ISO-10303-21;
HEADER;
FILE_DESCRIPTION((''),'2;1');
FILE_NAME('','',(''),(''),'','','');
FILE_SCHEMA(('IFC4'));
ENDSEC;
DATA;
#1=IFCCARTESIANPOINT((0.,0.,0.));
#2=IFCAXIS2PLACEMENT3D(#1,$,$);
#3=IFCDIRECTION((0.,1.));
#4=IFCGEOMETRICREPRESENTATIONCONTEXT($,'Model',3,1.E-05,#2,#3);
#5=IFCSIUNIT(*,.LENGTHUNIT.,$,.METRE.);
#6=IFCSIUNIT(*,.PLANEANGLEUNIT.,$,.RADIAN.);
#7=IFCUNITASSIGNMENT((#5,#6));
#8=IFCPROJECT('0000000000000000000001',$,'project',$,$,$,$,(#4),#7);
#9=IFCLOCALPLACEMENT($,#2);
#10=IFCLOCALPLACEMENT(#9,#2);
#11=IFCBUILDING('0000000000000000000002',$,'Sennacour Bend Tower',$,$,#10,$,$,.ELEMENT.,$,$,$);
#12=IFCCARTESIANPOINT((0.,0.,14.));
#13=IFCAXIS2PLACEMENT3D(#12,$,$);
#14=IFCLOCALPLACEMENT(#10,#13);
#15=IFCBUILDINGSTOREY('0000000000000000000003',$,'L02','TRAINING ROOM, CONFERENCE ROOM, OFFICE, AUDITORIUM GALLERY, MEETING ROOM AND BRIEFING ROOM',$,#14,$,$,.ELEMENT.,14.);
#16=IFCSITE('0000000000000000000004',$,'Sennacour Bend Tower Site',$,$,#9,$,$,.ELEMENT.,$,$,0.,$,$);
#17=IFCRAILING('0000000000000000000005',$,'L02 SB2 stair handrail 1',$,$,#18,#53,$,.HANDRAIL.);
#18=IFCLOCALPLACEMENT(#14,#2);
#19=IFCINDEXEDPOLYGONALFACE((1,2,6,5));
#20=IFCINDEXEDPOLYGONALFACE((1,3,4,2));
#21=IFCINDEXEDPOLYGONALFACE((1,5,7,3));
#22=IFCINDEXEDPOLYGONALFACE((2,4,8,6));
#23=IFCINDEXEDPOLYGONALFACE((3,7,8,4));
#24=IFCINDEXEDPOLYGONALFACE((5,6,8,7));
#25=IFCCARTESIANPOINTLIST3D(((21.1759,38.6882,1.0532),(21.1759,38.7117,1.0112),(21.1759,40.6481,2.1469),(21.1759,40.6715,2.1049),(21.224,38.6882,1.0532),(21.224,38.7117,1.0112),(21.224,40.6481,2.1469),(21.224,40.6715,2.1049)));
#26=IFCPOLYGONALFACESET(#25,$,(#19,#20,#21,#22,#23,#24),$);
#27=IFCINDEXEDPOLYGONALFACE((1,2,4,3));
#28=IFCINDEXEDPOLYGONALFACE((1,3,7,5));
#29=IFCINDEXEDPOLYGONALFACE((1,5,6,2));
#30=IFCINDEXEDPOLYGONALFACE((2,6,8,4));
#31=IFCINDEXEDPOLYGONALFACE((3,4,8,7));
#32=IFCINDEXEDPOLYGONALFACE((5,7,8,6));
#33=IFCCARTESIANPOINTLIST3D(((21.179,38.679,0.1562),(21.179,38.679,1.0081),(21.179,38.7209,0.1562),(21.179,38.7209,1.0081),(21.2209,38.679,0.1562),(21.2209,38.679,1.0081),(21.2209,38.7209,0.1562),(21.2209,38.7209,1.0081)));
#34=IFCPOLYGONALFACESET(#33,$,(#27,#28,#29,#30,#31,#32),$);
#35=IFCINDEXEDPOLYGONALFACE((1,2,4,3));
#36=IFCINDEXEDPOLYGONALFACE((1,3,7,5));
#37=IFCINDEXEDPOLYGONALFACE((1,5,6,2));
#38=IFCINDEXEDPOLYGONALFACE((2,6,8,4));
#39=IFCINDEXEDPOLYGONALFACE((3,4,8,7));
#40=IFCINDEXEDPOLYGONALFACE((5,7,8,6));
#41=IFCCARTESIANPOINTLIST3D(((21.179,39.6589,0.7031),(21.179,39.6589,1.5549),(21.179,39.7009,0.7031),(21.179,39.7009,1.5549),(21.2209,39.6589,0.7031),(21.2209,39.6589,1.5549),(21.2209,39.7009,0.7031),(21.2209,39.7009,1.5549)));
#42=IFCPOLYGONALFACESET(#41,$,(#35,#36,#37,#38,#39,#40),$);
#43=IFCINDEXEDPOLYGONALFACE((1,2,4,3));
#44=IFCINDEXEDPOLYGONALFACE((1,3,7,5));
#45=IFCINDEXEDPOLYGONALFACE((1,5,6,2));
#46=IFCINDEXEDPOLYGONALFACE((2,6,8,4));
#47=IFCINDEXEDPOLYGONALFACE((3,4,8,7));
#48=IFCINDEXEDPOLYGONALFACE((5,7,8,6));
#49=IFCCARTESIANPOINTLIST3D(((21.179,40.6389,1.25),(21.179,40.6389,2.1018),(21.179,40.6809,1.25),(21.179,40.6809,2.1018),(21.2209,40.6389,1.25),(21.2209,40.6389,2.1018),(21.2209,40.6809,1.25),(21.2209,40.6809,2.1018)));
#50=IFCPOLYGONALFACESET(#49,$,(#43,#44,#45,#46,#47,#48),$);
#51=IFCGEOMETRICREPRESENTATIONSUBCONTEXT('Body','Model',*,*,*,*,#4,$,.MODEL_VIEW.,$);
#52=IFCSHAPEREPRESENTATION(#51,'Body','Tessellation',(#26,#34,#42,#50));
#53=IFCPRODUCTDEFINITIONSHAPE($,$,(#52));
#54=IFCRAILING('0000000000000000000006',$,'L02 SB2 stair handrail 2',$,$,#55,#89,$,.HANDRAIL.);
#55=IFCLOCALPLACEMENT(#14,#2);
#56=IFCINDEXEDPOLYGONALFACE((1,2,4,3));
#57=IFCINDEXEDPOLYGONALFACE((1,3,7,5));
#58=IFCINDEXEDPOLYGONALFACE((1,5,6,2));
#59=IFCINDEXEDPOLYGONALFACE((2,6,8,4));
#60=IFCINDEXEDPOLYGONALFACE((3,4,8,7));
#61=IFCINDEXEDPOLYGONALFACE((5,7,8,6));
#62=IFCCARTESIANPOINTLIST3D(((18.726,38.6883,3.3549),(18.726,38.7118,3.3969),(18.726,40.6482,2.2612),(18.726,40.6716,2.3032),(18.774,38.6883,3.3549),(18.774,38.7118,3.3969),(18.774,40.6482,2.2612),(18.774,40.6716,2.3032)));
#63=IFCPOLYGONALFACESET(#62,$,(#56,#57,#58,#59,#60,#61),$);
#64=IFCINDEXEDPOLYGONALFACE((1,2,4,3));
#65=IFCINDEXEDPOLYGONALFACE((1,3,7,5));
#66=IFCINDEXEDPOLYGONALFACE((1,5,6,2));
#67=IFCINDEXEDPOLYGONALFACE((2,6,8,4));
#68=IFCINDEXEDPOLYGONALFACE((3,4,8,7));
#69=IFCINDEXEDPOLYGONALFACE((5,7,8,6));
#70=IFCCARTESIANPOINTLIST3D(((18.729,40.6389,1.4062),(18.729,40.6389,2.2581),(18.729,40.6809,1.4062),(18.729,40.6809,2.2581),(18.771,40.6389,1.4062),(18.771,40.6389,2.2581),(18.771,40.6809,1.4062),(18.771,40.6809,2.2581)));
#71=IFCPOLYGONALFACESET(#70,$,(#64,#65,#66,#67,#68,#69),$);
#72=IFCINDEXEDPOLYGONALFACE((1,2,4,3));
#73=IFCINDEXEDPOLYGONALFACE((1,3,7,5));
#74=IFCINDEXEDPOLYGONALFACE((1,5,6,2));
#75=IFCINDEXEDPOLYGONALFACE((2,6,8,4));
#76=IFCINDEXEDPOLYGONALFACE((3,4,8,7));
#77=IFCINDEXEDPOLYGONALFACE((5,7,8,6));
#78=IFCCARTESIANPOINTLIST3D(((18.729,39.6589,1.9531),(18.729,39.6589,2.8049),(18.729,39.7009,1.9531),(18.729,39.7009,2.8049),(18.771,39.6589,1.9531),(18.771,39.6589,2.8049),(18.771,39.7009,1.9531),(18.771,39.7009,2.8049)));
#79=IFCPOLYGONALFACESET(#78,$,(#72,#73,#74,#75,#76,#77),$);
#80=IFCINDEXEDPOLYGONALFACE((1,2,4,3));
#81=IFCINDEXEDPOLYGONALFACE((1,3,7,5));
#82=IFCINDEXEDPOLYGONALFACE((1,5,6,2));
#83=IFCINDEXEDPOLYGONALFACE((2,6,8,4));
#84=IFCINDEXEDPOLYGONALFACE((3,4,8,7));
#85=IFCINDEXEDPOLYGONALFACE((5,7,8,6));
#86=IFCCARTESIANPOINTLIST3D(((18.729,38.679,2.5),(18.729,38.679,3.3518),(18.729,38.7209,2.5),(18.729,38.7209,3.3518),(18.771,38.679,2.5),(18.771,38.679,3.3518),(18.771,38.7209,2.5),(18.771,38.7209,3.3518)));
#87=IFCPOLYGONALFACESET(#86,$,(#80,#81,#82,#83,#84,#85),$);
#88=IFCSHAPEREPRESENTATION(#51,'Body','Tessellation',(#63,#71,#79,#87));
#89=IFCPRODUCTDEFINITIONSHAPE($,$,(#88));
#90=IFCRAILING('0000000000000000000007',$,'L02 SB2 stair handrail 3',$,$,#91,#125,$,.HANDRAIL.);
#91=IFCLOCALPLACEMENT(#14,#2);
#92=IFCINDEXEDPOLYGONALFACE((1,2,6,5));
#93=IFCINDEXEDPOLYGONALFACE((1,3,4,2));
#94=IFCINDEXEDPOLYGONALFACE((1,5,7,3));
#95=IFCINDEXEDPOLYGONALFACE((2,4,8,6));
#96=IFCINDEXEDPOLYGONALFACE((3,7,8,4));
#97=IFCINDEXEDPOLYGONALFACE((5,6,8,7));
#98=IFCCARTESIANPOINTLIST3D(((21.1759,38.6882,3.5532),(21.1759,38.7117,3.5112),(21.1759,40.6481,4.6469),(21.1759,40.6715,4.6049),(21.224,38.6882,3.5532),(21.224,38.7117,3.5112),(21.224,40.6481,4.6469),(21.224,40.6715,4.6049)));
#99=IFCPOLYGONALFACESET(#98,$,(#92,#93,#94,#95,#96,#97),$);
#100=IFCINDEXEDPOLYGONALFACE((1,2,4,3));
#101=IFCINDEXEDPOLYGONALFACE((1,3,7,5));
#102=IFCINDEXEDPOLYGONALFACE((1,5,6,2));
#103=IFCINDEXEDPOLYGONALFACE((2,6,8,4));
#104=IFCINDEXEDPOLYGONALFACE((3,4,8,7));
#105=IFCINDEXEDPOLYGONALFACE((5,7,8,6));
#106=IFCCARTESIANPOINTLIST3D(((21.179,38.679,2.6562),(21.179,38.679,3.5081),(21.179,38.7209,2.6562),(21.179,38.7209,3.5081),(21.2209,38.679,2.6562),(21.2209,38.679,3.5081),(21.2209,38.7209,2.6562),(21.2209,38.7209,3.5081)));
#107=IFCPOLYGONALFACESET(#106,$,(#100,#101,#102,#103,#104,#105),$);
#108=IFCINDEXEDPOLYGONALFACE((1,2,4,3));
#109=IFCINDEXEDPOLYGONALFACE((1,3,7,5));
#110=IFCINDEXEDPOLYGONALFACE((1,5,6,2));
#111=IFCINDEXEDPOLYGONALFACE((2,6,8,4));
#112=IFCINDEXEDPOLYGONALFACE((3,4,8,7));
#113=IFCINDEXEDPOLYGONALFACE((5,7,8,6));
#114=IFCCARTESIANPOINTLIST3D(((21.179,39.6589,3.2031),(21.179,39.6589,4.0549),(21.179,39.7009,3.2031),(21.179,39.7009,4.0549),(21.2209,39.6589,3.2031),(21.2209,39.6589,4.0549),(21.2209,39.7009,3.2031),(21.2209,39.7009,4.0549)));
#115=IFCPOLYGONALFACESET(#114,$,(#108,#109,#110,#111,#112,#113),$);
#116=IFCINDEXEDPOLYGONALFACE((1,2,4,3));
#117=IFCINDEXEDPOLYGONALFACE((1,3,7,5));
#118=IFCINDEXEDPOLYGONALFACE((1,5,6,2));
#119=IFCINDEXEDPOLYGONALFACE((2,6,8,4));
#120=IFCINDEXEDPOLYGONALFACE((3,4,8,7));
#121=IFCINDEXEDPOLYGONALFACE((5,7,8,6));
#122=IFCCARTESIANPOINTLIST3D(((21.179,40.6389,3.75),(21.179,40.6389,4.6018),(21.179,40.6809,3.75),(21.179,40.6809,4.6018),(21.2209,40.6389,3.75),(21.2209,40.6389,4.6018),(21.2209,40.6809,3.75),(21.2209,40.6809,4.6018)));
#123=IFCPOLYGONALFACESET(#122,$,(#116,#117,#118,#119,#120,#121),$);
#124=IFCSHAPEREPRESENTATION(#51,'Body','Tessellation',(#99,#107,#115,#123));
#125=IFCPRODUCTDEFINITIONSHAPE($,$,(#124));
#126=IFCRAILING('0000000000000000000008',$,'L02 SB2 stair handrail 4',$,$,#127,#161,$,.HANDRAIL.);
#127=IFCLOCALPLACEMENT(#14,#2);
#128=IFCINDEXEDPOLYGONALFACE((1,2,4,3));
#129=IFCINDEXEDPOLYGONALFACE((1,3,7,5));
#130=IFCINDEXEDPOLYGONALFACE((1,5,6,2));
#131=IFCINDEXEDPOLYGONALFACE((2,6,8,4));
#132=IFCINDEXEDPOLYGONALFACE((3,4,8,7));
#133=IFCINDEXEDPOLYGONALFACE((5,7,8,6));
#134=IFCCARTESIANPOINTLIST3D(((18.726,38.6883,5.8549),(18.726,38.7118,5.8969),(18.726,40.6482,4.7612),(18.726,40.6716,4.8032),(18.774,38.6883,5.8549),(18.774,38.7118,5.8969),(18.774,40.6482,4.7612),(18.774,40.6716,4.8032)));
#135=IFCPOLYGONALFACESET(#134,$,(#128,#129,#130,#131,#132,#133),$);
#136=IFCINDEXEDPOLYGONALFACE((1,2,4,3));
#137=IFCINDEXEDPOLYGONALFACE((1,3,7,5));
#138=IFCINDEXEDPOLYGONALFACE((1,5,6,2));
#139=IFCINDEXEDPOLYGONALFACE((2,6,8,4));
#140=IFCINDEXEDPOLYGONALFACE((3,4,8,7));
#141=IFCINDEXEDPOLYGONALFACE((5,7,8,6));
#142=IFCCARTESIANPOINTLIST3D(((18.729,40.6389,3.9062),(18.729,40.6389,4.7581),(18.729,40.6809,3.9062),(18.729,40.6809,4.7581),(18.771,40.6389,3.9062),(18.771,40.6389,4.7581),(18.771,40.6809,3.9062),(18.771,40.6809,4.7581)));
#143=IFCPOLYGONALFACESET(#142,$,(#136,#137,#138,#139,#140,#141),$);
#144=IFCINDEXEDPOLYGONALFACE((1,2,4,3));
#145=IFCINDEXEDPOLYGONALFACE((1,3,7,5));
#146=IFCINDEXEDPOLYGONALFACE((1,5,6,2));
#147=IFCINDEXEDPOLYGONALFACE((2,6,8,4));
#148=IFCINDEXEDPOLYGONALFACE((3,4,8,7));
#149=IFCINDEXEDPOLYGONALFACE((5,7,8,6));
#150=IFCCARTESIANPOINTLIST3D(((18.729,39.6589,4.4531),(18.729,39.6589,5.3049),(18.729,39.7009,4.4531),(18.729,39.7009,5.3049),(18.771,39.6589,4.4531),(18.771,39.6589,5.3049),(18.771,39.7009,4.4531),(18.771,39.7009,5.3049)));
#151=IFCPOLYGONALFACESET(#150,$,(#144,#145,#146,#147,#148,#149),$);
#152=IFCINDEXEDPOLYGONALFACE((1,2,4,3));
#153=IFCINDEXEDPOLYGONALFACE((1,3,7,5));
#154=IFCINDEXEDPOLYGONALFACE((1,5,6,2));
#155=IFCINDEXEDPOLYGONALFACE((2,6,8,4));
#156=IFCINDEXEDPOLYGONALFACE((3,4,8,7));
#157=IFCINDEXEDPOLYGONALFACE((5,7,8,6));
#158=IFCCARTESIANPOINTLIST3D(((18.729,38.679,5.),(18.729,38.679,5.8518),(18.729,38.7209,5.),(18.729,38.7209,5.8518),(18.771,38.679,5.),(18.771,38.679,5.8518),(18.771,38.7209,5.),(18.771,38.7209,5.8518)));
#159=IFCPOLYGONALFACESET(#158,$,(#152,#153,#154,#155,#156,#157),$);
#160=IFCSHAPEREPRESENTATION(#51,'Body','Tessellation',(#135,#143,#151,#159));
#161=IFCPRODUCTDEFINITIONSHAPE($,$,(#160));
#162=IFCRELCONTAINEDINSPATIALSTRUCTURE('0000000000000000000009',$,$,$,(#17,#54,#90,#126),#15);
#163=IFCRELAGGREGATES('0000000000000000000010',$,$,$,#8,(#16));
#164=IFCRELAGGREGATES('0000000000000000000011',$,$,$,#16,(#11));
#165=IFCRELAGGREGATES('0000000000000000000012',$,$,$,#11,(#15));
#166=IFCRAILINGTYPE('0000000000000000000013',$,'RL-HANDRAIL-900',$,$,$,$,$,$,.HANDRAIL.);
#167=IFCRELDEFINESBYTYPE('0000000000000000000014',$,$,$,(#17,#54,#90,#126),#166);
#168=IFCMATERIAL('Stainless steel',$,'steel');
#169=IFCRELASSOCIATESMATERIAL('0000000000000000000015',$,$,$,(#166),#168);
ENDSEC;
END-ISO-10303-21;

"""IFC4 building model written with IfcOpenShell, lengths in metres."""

from ifc_helpers import new_model, si_unit, direction, frame, origin, origin_2d, place, context, subcontext, project, spatial, rectangle, extrude, material, type_object, element, save


model = new_model("IFC4")

# Units and contexts
model_context = context("Model", 3, precision=1e-05, world=origin(), true_north=direction((0.0, 1.0)))
body_context = subcontext(model_context, "Body", "Model", "MODEL_VIEW")
ifc_project = project(units=[si_unit("LENGTHUNIT", "METRE"), si_unit("PLANEANGLEUNIT", "RADIAN")], contexts=[model_context])

# Site, building, storey
site_placement = place(None, origin())
site = spatial("IfcSite", under=ifc_project, at=site_placement, Name="Sennacour Bend Tower Site", CompositionType="ELEMENT", RefElevation=0.0)
building_placement = place(site_placement, origin())
building = spatial("IfcBuilding", under=site, at=building_placement, Name="Sennacour Bend Tower", CompositionType="ELEMENT")
storey_placement = place(building_placement, frame((0.0, 0.0, 14.0)))
storey = spatial("IfcBuildingStorey", under=building, at=storey_placement, Name="L02", Description="TRAINING ROOM, CONFERENCE ROOM, OFFICE, AUDITORIUM GALLERY, MEETING ROOM AND BRIEFING ROOM", CompositionType="ELEMENT", Elevation=14.0)

# Railings
ifc_material_1 = material(Name="Stainless steel", Category="steel")
railing_type_1 = type_object("IfcRailingType", Name="RL-HANDRAIL-900", PredefinedType="HANDRAIL", material=ifc_material_1)
railing_1_placement = place(storey_placement, frame((21.2, 38.7, 0.1562)))
element("IfcRailing", 1, at=railing_1_placement, inside=storey, type_object=railing_type_1, Name="L02 SB2 stair handrail 1", PredefinedType="HANDRAIL", context=body_context, shape_type="SweptSolid", body=[
    extrude(rectangle(XDim=0.0481, YDim=0.0481, at=origin_2d()), frame((0.0, 0.0, 0.876), z_axis=(0.0, 0.873232, 0.487304), x_axis=(-1.0, 0.0, 0.0)), (0.0, 0.0, 1.0), 2.2444),
    extrude(rectangle(XDim=0.042, YDim=0.042, at=origin_2d()), origin(), (0.0, 0.0, 1.0), 0.8518),
    extrude(rectangle(XDim=0.042, YDim=0.042, at=origin_2d()), frame((0.0, 0.98, 0.5469)), (0.0, 0.0, 1.0), 0.8518),
    extrude(rectangle(XDim=0.042, YDim=0.042, at=origin_2d()), frame((0.0, 1.96, 1.0938)), (0.0, 0.0, 1.0), 0.8518),
])
railing_2_placement = place(storey_placement, frame((18.75, 40.6599, 1.4062)))
element("IfcRailing", 2, at=railing_2_placement, inside=storey, type_object=railing_type_1, Name="L02 SB2 stair handrail 2", PredefinedType="HANDRAIL", context=body_context, shape_type="SweptSolid", body=[
    extrude(rectangle(XDim=0.0481, YDim=0.0481, at=origin_2d()), frame((0.0, 0.0, 0.876), z_axis=(0.0, -0.873232, 0.487304), x_axis=(1.0, 0.0, 0.0)), (0.0, 0.0, 1.0), 2.2444),
    extrude(rectangle(XDim=0.042, YDim=0.042, at=origin_2d()), origin(), (0.0, 0.0, 1.0), 0.8518),
    extrude(rectangle(XDim=0.042, YDim=0.042, at=origin_2d()), frame((0.0, -0.98, 0.5469)), (0.0, 0.0, 1.0), 0.8518),
    extrude(rectangle(XDim=0.042, YDim=0.042, at=origin_2d()), frame((0.0, -1.96, 1.0938)), (0.0, 0.0, 1.0), 0.8518),
])
railing_3_placement = place(storey_placement, frame((21.2, 38.7, 2.6562)))
element("IfcRailing", 3, at=railing_3_placement, inside=storey, type_object=railing_type_1, Name="L02 SB2 stair handrail 3", PredefinedType="HANDRAIL", context=body_context, shape_type="SweptSolid", body=[
    extrude(rectangle(XDim=0.0481, YDim=0.0481, at=origin_2d()), frame((0.0, 0.0, 0.876), z_axis=(0.0, 0.873232, 0.487304), x_axis=(-1.0, 0.0, 0.0)), (0.0, 0.0, 1.0), 2.2444),
    extrude(rectangle(XDim=0.042, YDim=0.042, at=origin_2d()), origin(), (0.0, 0.0, 1.0), 0.8518),
    extrude(rectangle(XDim=0.042, YDim=0.042, at=origin_2d()), frame((0.0, 0.98, 0.5469)), (0.0, 0.0, 1.0), 0.8518),
    extrude(rectangle(XDim=0.042, YDim=0.042, at=origin_2d()), frame((0.0, 1.96, 1.0938)), (0.0, 0.0, 1.0), 0.8518),
])
railing_4_placement = place(storey_placement, frame((18.75, 40.6599, 3.9062)))
element("IfcRailing", 4, at=railing_4_placement, inside=storey, type_object=railing_type_1, Name="L02 SB2 stair handrail 4", PredefinedType="HANDRAIL", context=body_context, shape_type="SweptSolid", body=[
    extrude(rectangle(XDim=0.0481, YDim=0.0481, at=origin_2d()), frame((0.0, 0.0, 0.876), z_axis=(0.0, -0.873232, 0.487304), x_axis=(1.0, 0.0, 0.0)), (0.0, 0.0, 1.0), 2.2444),
    extrude(rectangle(XDim=0.042, YDim=0.042, at=origin_2d()), origin(), (0.0, 0.0, 1.0), 0.8518),
    extrude(rectangle(XDim=0.042, YDim=0.042, at=origin_2d()), frame((0.0, -0.98, 0.5469)), (0.0, 0.0, 1.0), 0.8518),
    extrude(rectangle(XDim=0.042, YDim=0.042, at=origin_2d()), frame((0.0, -1.96, 1.0938)), (0.0, 0.0, 1.0), 0.8518),
])

save(model, "model.ifc")
